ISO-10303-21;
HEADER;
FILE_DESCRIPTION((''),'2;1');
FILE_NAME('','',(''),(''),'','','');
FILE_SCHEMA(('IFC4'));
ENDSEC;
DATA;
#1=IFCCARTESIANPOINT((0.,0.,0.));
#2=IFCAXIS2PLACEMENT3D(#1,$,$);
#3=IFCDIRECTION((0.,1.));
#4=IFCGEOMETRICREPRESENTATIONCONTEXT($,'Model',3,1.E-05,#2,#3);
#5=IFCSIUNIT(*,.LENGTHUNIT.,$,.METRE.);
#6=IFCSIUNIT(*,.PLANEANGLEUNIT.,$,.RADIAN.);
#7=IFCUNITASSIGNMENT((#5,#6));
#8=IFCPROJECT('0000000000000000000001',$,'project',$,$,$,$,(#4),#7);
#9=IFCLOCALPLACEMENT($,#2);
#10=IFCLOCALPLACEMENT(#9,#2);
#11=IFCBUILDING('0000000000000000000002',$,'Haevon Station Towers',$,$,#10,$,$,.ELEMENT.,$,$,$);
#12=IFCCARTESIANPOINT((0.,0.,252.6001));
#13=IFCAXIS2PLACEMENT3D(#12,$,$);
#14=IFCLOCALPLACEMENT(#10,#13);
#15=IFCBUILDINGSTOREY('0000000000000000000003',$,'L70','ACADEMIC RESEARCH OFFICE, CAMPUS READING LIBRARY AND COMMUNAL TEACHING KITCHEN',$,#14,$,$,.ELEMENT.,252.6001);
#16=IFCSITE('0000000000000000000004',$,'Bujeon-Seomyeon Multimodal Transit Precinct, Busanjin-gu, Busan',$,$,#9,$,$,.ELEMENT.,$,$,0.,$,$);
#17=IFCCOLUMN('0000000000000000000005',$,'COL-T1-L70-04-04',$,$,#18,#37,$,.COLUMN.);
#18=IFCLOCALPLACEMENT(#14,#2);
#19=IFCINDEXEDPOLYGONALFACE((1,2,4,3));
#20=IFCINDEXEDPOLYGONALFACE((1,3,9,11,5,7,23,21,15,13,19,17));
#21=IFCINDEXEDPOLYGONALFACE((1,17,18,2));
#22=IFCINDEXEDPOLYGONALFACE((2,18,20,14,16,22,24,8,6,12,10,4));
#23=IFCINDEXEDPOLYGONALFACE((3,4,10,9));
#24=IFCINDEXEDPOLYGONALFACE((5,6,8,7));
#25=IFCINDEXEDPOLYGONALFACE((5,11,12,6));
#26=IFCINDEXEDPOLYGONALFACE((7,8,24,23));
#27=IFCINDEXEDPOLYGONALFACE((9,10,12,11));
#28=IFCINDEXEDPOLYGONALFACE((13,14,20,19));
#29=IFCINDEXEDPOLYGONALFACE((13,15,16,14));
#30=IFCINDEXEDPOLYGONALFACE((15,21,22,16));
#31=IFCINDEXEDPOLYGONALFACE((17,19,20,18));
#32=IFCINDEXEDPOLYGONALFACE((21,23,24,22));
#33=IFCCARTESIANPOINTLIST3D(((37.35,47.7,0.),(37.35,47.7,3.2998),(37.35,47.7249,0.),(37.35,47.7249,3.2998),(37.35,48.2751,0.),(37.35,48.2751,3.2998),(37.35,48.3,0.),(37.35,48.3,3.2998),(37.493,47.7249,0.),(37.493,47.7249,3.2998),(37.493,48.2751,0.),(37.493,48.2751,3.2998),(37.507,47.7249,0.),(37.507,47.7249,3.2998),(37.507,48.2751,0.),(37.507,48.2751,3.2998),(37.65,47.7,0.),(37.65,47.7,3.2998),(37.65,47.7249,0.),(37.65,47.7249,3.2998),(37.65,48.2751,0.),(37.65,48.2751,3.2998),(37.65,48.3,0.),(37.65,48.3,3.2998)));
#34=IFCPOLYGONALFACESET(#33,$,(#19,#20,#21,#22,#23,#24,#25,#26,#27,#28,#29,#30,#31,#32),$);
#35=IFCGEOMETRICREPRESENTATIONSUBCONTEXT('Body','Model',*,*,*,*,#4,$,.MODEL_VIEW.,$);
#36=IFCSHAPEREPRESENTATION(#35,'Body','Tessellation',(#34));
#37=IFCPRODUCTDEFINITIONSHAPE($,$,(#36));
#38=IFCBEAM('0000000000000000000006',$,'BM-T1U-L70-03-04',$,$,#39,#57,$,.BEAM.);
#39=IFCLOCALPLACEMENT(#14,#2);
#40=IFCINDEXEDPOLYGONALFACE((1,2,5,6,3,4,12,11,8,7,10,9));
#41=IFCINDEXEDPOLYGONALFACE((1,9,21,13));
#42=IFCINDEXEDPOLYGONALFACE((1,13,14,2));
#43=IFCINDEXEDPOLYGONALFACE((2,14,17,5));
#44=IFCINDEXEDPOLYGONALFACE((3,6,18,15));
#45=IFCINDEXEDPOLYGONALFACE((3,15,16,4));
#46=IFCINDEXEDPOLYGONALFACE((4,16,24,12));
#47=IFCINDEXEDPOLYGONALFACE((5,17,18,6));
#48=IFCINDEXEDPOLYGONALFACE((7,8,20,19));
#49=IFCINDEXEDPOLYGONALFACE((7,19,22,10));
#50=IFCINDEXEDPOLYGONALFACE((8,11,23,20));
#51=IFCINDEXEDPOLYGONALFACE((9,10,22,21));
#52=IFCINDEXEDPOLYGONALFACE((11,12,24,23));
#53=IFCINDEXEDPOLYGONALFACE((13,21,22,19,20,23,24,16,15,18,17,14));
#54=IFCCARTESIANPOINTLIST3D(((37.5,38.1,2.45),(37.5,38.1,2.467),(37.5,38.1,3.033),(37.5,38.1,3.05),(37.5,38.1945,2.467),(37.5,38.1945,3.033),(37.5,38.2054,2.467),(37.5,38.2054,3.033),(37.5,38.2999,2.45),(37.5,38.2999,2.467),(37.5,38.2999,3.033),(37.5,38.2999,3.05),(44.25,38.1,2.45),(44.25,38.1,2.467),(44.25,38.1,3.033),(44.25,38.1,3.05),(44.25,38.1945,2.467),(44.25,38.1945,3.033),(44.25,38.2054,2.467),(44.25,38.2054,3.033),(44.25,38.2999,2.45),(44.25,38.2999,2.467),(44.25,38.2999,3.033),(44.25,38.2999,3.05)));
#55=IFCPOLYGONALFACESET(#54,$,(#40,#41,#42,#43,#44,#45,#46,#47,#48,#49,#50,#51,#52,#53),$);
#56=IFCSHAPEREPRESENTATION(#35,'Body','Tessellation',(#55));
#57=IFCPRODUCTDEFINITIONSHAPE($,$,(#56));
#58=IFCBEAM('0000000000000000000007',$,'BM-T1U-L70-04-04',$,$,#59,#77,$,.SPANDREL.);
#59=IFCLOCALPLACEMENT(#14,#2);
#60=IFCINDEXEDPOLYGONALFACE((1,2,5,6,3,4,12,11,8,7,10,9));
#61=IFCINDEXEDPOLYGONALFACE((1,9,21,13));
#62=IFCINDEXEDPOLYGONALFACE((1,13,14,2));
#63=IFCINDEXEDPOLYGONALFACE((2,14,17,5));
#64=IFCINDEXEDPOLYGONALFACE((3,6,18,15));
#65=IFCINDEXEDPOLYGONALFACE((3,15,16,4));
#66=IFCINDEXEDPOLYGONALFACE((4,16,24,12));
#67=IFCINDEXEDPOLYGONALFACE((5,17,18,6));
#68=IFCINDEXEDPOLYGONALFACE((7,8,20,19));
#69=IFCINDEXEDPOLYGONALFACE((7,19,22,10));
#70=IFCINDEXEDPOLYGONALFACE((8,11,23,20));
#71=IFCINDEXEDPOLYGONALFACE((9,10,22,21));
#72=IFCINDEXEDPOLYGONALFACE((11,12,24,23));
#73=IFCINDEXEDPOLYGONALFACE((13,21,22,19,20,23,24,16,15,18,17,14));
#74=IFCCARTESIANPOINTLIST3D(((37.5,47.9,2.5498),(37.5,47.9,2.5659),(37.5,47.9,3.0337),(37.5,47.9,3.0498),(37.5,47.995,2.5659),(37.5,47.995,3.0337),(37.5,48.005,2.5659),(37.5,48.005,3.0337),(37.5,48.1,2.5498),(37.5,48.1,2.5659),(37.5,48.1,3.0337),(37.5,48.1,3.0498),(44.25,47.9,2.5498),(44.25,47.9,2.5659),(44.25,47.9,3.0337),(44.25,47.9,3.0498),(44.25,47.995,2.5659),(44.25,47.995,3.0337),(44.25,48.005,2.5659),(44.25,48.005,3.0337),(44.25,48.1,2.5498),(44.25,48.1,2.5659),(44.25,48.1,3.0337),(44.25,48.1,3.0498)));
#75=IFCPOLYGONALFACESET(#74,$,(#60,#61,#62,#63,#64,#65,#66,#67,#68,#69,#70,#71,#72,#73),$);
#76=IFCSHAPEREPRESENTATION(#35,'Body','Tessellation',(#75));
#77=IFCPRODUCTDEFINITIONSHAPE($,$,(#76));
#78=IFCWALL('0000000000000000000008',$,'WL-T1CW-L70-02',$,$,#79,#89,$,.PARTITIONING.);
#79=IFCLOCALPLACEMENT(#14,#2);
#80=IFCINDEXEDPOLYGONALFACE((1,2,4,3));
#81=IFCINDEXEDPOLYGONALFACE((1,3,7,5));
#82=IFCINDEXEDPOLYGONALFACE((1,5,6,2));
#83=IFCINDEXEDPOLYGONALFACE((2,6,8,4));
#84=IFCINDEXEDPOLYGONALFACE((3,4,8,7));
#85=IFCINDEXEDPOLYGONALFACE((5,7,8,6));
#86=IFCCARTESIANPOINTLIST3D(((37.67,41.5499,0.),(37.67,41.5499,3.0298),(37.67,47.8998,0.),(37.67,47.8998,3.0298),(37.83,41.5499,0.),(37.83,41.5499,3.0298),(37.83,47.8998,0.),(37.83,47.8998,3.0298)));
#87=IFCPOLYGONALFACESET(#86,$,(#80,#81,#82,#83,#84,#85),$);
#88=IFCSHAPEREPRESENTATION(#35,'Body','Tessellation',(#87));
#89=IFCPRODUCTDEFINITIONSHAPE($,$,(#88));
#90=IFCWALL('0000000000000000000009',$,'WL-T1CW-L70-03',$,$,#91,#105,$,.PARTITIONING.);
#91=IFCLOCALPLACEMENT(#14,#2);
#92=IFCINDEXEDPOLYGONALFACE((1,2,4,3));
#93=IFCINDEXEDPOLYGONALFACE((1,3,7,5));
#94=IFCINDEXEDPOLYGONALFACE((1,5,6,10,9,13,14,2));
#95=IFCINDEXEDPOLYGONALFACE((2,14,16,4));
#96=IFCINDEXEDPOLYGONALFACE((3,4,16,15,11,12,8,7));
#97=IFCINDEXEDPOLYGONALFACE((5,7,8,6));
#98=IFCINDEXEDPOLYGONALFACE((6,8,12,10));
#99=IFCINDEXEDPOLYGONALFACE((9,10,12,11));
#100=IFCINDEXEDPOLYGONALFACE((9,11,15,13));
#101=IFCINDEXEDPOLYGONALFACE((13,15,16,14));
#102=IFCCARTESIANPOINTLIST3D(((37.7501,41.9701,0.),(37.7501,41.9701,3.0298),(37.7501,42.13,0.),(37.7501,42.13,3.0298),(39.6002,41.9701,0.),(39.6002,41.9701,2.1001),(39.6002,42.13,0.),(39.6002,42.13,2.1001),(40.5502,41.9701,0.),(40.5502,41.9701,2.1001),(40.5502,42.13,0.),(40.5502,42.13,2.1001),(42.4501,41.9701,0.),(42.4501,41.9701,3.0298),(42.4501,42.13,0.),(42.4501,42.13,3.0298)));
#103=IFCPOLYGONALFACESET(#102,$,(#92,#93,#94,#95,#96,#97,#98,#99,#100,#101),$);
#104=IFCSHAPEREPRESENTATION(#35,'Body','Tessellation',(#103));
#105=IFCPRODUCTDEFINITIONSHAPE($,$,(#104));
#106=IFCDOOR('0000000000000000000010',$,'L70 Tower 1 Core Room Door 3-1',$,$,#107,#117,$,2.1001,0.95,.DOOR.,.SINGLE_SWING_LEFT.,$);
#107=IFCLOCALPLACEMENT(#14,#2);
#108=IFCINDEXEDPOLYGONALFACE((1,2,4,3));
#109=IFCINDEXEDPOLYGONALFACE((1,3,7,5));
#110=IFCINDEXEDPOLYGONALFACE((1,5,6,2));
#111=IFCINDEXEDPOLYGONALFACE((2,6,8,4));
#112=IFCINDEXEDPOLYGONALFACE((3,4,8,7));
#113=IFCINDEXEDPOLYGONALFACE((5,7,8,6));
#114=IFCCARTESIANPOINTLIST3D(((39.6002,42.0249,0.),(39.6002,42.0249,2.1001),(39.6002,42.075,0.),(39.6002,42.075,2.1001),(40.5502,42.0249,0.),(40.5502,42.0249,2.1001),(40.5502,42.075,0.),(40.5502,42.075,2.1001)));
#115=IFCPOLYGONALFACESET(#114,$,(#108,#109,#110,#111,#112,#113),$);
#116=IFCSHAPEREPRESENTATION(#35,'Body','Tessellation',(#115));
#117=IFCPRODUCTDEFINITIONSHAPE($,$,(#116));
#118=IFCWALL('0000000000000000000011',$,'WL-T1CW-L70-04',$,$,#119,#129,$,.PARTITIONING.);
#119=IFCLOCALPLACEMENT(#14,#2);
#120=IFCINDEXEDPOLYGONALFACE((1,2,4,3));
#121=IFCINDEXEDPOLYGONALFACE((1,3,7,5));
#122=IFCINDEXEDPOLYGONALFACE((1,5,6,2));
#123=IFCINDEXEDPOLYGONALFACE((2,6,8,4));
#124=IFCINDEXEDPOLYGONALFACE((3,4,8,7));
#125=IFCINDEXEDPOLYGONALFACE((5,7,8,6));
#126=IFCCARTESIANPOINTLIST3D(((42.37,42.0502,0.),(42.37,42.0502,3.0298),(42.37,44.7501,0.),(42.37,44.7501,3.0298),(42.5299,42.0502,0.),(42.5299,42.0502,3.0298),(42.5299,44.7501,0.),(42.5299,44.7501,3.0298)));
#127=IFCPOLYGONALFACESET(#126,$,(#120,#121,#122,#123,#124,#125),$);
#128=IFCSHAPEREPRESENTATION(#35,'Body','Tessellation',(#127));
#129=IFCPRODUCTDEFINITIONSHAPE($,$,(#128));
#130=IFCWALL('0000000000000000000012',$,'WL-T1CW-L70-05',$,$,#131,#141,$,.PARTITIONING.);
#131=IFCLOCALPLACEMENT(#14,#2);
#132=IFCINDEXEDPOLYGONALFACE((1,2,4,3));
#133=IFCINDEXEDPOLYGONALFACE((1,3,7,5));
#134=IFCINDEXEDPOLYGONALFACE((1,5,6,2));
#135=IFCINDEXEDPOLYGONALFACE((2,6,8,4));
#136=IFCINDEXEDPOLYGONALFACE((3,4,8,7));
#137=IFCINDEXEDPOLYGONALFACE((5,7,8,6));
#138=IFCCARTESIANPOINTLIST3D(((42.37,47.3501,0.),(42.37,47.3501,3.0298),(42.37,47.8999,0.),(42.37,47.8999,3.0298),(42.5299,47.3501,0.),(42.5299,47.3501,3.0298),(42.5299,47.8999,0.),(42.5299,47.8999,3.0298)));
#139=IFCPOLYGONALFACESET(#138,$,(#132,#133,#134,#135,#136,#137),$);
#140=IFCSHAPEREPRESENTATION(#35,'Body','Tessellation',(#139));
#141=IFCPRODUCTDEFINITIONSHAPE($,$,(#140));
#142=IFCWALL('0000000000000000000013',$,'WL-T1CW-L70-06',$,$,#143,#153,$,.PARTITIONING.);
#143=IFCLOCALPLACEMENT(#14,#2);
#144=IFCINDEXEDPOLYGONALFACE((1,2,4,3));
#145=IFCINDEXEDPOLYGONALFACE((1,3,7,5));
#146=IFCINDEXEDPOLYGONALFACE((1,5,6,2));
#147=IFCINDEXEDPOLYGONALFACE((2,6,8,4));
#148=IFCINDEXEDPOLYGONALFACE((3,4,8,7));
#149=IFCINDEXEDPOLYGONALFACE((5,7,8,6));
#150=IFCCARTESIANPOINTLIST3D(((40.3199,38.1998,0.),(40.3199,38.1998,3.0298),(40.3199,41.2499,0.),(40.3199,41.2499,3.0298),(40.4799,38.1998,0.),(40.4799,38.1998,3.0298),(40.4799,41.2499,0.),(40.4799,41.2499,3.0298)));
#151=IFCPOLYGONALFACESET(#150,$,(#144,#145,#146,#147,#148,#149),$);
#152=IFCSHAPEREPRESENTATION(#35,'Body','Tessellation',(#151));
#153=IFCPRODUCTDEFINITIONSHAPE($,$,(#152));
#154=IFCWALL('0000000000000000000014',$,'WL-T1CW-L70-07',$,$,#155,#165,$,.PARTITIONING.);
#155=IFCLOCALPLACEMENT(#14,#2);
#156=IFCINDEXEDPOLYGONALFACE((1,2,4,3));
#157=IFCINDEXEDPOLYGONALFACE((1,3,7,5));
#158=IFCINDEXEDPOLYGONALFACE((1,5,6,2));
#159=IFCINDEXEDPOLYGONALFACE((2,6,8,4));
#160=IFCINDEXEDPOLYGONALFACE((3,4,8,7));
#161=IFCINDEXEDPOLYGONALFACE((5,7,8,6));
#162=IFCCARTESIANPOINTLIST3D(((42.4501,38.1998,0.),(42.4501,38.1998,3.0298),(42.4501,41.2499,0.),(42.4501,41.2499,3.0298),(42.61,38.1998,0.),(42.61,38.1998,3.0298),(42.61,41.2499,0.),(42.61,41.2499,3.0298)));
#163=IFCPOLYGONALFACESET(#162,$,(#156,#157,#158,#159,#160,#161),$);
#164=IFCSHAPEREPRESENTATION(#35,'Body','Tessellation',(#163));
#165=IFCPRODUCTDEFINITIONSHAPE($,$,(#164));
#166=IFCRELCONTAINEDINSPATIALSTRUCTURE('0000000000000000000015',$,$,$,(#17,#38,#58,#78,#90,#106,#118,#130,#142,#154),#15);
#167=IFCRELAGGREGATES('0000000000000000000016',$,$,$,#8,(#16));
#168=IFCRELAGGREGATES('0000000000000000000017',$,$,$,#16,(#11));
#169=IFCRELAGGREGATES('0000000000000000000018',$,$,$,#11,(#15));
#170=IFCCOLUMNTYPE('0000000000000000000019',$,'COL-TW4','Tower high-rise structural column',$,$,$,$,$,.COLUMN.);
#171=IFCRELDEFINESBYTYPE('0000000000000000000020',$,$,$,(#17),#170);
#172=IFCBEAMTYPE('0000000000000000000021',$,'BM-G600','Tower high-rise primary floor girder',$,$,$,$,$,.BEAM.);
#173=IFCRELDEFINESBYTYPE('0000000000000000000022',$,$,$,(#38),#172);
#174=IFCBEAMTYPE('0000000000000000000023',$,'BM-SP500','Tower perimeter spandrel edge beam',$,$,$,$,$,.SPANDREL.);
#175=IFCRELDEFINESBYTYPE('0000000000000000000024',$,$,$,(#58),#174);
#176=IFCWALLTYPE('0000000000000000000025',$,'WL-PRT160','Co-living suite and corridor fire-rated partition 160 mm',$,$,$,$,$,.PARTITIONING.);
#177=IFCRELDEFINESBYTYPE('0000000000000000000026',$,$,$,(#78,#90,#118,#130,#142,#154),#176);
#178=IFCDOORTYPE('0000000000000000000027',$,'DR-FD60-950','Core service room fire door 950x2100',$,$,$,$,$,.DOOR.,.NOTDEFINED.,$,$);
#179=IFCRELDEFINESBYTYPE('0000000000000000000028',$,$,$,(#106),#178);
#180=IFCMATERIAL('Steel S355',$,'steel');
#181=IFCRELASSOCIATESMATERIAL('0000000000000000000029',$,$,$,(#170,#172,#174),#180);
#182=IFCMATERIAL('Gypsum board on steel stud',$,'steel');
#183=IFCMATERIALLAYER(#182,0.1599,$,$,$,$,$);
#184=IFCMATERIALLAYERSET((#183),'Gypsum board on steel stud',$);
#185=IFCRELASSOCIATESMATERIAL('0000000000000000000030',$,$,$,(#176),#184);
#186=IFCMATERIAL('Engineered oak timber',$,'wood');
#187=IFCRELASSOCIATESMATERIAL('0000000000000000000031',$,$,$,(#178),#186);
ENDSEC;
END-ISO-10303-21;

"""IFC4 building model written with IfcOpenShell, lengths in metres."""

from ifc_helpers import new_model, si_unit, direction, frame, frame_2d, origin, origin_2d, place, context, subcontext, project, spatial, rectangle, i_section, extrude, material, layer, layer_set, material_profile, profile_set, type_object, element, fill, save


model = new_model("IFC4")

# Units and contexts
model_context = context("Model", 3, precision=1e-05, world=origin(), true_north=direction((0.0, 1.0)))
body_context = subcontext(model_context, "Body", "Model", "MODEL_VIEW")
ifc_project = project(units=[si_unit("LENGTHUNIT", "METRE"), si_unit("PLANEANGLEUNIT", "RADIAN")], contexts=[model_context])

# Site, building, storey
site_placement = place(None, origin())
site = spatial("IfcSite", under=ifc_project, at=site_placement, Name="Bujeon-Seomyeon Multimodal Transit Precinct, Busanjin-gu, Busan", CompositionType="ELEMENT", RefElevation=0.0)
building_placement = place(site_placement, origin())
building = spatial("IfcBuilding", under=site, at=building_placement, Name="Haevon Station Towers", CompositionType="ELEMENT")
storey_placement = place(building_placement, frame((0.0, 0.0, 252.6001)))
storey = spatial("IfcBuildingStorey", under=building, at=storey_placement, Name="L70", Description="ACADEMIC RESEARCH OFFICE, CAMPUS READING LIBRARY AND COMMUNAL TEACHING KITCHEN", CompositionType="ELEMENT", Elevation=252.6001)

# Column
ifc_material_1 = material(Name="Steel S355", Category="steel")
ifc_material_profile_1 = material_profile(ifc_material_1, i_section(OverallWidth=0.3, OverallDepth=0.6001, WebThickness=0.0139, FlangeThickness=0.0249, at=origin_2d()), Name="H-600x300x14x25")
ifc_profile_set_1 = profile_set([ifc_material_profile_1], Name="Steel S355")
column_type = type_object("IfcColumnType", Name="COL-TW4", Description="Tower high-rise structural column", PredefinedType="COLUMN", material=ifc_profile_set_1)
column_placement = place(storey_placement, frame((37.5, 48.0, 0.0), z_axis=(0.0, 0.0, 1.0), x_axis=(1.0, 0.0, 0.0)))
element("IfcColumn", 1, at=column_placement, inside=storey, type_object=column_type, Name="COL-T1-L70-04-04", PredefinedType="COLUMN", context=body_context, shape_type="SweptSolid", body=[
    extrude(i_section(OverallWidth=0.3, OverallDepth=0.6001, WebThickness=0.0139, FlangeThickness=0.0249, at=origin_2d()), origin(), (0.0, 0.0, 1.0), 3.2998),
])

# Beams
ifc_material_profile_2 = material_profile(ifc_material_1, i_section(OverallWidth=0.2, OverallDepth=0.6001, WebThickness=0.011, FlangeThickness=0.0171, at=origin_2d()), Name="H-600x200x11x17")
ifc_profile_set_2 = profile_set([ifc_material_profile_2], Name="Steel S355")
beam_type_1 = type_object("IfcBeamType", Name="BM-G600", Description="Tower high-rise primary floor girder", PredefinedType="BEAM", material=ifc_profile_set_2)
beam_1_placement = place(storey_placement, frame((37.5, 38.2, 2.75), z_axis=(1.0, 0.0, 0.0), x_axis=(0.0, 1.0, 0.0)))
element("IfcBeam", 2, at=beam_1_placement, inside=storey, type_object=beam_type_1, Name="BM-T1U-L70-03-04", PredefinedType="BEAM", context=body_context, shape_type="SweptSolid", body=[
    extrude(i_section(OverallWidth=0.2, OverallDepth=0.6001, WebThickness=0.011, FlangeThickness=0.0171, at=origin_2d()), origin(), (0.0, 0.0, 1.0), 6.75),
])
ifc_material_profile_3 = material_profile(ifc_material_1, i_section(OverallWidth=0.2, OverallDepth=0.5, WebThickness=0.01, FlangeThickness=0.0161, at=origin_2d()), Name="H-500x200x10x16")
ifc_profile_set_3 = profile_set([ifc_material_profile_3], Name="Steel S355")
beam_type_2 = type_object("IfcBeamType", Name="BM-SP500", Description="Tower perimeter spandrel edge beam", PredefinedType="SPANDREL", material=ifc_profile_set_3)
beam_2_placement = place(storey_placement, frame((37.5, 48.0, 2.7998), z_axis=(1.0, 0.0, 0.0), x_axis=(0.0, 1.0, 0.0)))
element("IfcBeam", 3, at=beam_2_placement, inside=storey, type_object=beam_type_2, Name="BM-T1U-L70-04-04", PredefinedType="SPANDREL", context=body_context, shape_type="SweptSolid", body=[
    extrude(i_section(OverallWidth=0.2, OverallDepth=0.5, WebThickness=0.01, FlangeThickness=0.0161, at=origin_2d()), origin(), (0.0, 0.0, 1.0), 6.75),
])

# Wall
ifc_material_2 = material(Name="Gypsum board on steel stud", Category="steel")
ifc_layer_1 = layer(ifc_material_2, 0.1599)
ifc_layer_set_1 = layer_set([ifc_layer_1], Name="Gypsum board on steel stud")
wall_type_1 = type_object("IfcWallType", Name="WL-PRT160", Description="Co-living suite and corridor fire-rated partition 160 mm", PredefinedType="PARTITIONING", material=ifc_layer_set_1)
wall_1_placement = place(storey_placement, frame((37.75, 41.55, 0.0), z_axis=(0.0, 0.0, 1.0), x_axis=(0.0, 1.0, 0.0)))
element("IfcWall", 4, at=wall_1_placement, inside=storey, type_object=wall_type_1, Name="WL-T1CW-L70-02", PredefinedType="PARTITIONING", context=body_context, shape_type="SweptSolid", body=[
    extrude(rectangle(XDim=6.3499, YDim=0.1599, at=frame_2d((3.1748, 0.0))), origin(), (0.0, 0.0, 1.0), 3.0298),
])

# Wall, opening, door
wall_2_placement = place(storey_placement, frame((37.75, 42.05, 0.0), z_axis=(0.0, 0.0, 1.0), x_axis=(1.0, 0.0, 0.0)))
wall_2 = element("IfcWall", 5, at=wall_2_placement, inside=storey, type_object=wall_type_1, Name="WL-T1CW-L70-03", PredefinedType="PARTITIONING", context=body_context, shape_type="SweptSolid", body=[
    extrude(rectangle(XDim=4.7, YDim=0.1599, at=frame_2d((2.3501, 0.0))), origin(), (0.0, 0.0, 1.0), 3.0298),
])
opening_1_placement = place(wall_2_placement, frame((1.8501, 0.0, 0.0)))
opening_1 = element("IfcOpeningElement", 6, at=opening_1_placement, cuts=wall_2, PredefinedType="OPENING", context=body_context, shape_type="SweptSolid", body=[
    extrude(rectangle(XDim=0.95, YDim=2.1001, at=frame_2d((0.4751, 1.05))), frame((0.0, 0.0898, 0.0), z_axis=(0.0, -1.0, 0.0), x_axis=(1.0, 0.0, 0.0)), (0.0, 0.0, 1.0), 0.1799),
])
ifc_material_3 = material(Name="Engineered oak timber", Category="wood")
door_type_1 = type_object("IfcDoorType", Name="DR-FD60-950", Description="Core service room fire door 950x2100", OperationType="NOTDEFINED", PredefinedType="DOOR", material=ifc_material_3)
door_1_placement = place(opening_1_placement, origin())
door_1 = element("IfcDoor", 7, at=door_1_placement, inside=storey, type_object=door_type_1, Name="L70 Tower 1 Core Room Door 3-1", OperationType="SINGLE_SWING_LEFT", OverallHeight=2.1001, OverallWidth=0.95, PredefinedType="DOOR", context=body_context, shape_type="SweptSolid", body=[
    extrude(rectangle(XDim=0.95, YDim=2.1001, at=frame_2d((0.4751, 1.05))), frame((0.0, 0.0249, 0.0), z_axis=(0.0, -1.0, 0.0), x_axis=(1.0, 0.0, 0.0)), (0.0, 0.0, 1.0), 0.05),
])
fill(opening_1, door_1)

# Walls
wall_3_placement = place(storey_placement, frame((42.45, 42.05, 0.0), z_axis=(0.0, 0.0, 1.0), x_axis=(0.0, 1.0, 0.0)))
element("IfcWall", 8, at=wall_3_placement, inside=storey, type_object=wall_type_1, Name="WL-T1CW-L70-04", PredefinedType="PARTITIONING", context=body_context, shape_type="SweptSolid", body=[
    extrude(rectangle(XDim=2.7, YDim=0.1599, at=frame_2d((1.3501, 0.0))), origin(), (0.0, 0.0, 1.0), 3.0298),
])
wall_4_placement = place(storey_placement, frame((42.45, 47.3501, 0.0), z_axis=(0.0, 0.0, 1.0), x_axis=(0.0, 1.0, 0.0)))
element("IfcWall", 9, at=wall_4_placement, inside=storey, type_object=wall_type_1, Name="WL-T1CW-L70-05", PredefinedType="PARTITIONING", context=body_context, shape_type="SweptSolid", body=[
    extrude(rectangle(XDim=0.5498, YDim=0.1599, at=frame_2d((0.2749, 0.0))), origin(), (0.0, 0.0, 1.0), 3.0298),
])
for number, where, z_axis, x_axis, name in (
    (10, (40.3999, 38.2, 0.0), (0.0, 0.0, 1.0), (0.0, 1.0, 0.0), "WL-T1CW-L70-06"),
    (11, (42.53, 38.2, 0.0), (0.0, 0.0, 1.0), (0.0, 1.0, 0.0), "WL-T1CW-L70-07"),
):
    element("IfcWall", number, at=place(storey_placement, frame(where, z_axis=z_axis, x_axis=x_axis)), inside=storey, type_object=wall_type_1, Name=name, PredefinedType="PARTITIONING", context=body_context, shape_type="SweptSolid", body=[
        extrude(rectangle(XDim=3.05, YDim=0.1599, at=frame_2d((1.5249, 0.0))), origin(), (0.0, 0.0, 1.0), 3.0298),
    ])

save(model, "model.ifc")
